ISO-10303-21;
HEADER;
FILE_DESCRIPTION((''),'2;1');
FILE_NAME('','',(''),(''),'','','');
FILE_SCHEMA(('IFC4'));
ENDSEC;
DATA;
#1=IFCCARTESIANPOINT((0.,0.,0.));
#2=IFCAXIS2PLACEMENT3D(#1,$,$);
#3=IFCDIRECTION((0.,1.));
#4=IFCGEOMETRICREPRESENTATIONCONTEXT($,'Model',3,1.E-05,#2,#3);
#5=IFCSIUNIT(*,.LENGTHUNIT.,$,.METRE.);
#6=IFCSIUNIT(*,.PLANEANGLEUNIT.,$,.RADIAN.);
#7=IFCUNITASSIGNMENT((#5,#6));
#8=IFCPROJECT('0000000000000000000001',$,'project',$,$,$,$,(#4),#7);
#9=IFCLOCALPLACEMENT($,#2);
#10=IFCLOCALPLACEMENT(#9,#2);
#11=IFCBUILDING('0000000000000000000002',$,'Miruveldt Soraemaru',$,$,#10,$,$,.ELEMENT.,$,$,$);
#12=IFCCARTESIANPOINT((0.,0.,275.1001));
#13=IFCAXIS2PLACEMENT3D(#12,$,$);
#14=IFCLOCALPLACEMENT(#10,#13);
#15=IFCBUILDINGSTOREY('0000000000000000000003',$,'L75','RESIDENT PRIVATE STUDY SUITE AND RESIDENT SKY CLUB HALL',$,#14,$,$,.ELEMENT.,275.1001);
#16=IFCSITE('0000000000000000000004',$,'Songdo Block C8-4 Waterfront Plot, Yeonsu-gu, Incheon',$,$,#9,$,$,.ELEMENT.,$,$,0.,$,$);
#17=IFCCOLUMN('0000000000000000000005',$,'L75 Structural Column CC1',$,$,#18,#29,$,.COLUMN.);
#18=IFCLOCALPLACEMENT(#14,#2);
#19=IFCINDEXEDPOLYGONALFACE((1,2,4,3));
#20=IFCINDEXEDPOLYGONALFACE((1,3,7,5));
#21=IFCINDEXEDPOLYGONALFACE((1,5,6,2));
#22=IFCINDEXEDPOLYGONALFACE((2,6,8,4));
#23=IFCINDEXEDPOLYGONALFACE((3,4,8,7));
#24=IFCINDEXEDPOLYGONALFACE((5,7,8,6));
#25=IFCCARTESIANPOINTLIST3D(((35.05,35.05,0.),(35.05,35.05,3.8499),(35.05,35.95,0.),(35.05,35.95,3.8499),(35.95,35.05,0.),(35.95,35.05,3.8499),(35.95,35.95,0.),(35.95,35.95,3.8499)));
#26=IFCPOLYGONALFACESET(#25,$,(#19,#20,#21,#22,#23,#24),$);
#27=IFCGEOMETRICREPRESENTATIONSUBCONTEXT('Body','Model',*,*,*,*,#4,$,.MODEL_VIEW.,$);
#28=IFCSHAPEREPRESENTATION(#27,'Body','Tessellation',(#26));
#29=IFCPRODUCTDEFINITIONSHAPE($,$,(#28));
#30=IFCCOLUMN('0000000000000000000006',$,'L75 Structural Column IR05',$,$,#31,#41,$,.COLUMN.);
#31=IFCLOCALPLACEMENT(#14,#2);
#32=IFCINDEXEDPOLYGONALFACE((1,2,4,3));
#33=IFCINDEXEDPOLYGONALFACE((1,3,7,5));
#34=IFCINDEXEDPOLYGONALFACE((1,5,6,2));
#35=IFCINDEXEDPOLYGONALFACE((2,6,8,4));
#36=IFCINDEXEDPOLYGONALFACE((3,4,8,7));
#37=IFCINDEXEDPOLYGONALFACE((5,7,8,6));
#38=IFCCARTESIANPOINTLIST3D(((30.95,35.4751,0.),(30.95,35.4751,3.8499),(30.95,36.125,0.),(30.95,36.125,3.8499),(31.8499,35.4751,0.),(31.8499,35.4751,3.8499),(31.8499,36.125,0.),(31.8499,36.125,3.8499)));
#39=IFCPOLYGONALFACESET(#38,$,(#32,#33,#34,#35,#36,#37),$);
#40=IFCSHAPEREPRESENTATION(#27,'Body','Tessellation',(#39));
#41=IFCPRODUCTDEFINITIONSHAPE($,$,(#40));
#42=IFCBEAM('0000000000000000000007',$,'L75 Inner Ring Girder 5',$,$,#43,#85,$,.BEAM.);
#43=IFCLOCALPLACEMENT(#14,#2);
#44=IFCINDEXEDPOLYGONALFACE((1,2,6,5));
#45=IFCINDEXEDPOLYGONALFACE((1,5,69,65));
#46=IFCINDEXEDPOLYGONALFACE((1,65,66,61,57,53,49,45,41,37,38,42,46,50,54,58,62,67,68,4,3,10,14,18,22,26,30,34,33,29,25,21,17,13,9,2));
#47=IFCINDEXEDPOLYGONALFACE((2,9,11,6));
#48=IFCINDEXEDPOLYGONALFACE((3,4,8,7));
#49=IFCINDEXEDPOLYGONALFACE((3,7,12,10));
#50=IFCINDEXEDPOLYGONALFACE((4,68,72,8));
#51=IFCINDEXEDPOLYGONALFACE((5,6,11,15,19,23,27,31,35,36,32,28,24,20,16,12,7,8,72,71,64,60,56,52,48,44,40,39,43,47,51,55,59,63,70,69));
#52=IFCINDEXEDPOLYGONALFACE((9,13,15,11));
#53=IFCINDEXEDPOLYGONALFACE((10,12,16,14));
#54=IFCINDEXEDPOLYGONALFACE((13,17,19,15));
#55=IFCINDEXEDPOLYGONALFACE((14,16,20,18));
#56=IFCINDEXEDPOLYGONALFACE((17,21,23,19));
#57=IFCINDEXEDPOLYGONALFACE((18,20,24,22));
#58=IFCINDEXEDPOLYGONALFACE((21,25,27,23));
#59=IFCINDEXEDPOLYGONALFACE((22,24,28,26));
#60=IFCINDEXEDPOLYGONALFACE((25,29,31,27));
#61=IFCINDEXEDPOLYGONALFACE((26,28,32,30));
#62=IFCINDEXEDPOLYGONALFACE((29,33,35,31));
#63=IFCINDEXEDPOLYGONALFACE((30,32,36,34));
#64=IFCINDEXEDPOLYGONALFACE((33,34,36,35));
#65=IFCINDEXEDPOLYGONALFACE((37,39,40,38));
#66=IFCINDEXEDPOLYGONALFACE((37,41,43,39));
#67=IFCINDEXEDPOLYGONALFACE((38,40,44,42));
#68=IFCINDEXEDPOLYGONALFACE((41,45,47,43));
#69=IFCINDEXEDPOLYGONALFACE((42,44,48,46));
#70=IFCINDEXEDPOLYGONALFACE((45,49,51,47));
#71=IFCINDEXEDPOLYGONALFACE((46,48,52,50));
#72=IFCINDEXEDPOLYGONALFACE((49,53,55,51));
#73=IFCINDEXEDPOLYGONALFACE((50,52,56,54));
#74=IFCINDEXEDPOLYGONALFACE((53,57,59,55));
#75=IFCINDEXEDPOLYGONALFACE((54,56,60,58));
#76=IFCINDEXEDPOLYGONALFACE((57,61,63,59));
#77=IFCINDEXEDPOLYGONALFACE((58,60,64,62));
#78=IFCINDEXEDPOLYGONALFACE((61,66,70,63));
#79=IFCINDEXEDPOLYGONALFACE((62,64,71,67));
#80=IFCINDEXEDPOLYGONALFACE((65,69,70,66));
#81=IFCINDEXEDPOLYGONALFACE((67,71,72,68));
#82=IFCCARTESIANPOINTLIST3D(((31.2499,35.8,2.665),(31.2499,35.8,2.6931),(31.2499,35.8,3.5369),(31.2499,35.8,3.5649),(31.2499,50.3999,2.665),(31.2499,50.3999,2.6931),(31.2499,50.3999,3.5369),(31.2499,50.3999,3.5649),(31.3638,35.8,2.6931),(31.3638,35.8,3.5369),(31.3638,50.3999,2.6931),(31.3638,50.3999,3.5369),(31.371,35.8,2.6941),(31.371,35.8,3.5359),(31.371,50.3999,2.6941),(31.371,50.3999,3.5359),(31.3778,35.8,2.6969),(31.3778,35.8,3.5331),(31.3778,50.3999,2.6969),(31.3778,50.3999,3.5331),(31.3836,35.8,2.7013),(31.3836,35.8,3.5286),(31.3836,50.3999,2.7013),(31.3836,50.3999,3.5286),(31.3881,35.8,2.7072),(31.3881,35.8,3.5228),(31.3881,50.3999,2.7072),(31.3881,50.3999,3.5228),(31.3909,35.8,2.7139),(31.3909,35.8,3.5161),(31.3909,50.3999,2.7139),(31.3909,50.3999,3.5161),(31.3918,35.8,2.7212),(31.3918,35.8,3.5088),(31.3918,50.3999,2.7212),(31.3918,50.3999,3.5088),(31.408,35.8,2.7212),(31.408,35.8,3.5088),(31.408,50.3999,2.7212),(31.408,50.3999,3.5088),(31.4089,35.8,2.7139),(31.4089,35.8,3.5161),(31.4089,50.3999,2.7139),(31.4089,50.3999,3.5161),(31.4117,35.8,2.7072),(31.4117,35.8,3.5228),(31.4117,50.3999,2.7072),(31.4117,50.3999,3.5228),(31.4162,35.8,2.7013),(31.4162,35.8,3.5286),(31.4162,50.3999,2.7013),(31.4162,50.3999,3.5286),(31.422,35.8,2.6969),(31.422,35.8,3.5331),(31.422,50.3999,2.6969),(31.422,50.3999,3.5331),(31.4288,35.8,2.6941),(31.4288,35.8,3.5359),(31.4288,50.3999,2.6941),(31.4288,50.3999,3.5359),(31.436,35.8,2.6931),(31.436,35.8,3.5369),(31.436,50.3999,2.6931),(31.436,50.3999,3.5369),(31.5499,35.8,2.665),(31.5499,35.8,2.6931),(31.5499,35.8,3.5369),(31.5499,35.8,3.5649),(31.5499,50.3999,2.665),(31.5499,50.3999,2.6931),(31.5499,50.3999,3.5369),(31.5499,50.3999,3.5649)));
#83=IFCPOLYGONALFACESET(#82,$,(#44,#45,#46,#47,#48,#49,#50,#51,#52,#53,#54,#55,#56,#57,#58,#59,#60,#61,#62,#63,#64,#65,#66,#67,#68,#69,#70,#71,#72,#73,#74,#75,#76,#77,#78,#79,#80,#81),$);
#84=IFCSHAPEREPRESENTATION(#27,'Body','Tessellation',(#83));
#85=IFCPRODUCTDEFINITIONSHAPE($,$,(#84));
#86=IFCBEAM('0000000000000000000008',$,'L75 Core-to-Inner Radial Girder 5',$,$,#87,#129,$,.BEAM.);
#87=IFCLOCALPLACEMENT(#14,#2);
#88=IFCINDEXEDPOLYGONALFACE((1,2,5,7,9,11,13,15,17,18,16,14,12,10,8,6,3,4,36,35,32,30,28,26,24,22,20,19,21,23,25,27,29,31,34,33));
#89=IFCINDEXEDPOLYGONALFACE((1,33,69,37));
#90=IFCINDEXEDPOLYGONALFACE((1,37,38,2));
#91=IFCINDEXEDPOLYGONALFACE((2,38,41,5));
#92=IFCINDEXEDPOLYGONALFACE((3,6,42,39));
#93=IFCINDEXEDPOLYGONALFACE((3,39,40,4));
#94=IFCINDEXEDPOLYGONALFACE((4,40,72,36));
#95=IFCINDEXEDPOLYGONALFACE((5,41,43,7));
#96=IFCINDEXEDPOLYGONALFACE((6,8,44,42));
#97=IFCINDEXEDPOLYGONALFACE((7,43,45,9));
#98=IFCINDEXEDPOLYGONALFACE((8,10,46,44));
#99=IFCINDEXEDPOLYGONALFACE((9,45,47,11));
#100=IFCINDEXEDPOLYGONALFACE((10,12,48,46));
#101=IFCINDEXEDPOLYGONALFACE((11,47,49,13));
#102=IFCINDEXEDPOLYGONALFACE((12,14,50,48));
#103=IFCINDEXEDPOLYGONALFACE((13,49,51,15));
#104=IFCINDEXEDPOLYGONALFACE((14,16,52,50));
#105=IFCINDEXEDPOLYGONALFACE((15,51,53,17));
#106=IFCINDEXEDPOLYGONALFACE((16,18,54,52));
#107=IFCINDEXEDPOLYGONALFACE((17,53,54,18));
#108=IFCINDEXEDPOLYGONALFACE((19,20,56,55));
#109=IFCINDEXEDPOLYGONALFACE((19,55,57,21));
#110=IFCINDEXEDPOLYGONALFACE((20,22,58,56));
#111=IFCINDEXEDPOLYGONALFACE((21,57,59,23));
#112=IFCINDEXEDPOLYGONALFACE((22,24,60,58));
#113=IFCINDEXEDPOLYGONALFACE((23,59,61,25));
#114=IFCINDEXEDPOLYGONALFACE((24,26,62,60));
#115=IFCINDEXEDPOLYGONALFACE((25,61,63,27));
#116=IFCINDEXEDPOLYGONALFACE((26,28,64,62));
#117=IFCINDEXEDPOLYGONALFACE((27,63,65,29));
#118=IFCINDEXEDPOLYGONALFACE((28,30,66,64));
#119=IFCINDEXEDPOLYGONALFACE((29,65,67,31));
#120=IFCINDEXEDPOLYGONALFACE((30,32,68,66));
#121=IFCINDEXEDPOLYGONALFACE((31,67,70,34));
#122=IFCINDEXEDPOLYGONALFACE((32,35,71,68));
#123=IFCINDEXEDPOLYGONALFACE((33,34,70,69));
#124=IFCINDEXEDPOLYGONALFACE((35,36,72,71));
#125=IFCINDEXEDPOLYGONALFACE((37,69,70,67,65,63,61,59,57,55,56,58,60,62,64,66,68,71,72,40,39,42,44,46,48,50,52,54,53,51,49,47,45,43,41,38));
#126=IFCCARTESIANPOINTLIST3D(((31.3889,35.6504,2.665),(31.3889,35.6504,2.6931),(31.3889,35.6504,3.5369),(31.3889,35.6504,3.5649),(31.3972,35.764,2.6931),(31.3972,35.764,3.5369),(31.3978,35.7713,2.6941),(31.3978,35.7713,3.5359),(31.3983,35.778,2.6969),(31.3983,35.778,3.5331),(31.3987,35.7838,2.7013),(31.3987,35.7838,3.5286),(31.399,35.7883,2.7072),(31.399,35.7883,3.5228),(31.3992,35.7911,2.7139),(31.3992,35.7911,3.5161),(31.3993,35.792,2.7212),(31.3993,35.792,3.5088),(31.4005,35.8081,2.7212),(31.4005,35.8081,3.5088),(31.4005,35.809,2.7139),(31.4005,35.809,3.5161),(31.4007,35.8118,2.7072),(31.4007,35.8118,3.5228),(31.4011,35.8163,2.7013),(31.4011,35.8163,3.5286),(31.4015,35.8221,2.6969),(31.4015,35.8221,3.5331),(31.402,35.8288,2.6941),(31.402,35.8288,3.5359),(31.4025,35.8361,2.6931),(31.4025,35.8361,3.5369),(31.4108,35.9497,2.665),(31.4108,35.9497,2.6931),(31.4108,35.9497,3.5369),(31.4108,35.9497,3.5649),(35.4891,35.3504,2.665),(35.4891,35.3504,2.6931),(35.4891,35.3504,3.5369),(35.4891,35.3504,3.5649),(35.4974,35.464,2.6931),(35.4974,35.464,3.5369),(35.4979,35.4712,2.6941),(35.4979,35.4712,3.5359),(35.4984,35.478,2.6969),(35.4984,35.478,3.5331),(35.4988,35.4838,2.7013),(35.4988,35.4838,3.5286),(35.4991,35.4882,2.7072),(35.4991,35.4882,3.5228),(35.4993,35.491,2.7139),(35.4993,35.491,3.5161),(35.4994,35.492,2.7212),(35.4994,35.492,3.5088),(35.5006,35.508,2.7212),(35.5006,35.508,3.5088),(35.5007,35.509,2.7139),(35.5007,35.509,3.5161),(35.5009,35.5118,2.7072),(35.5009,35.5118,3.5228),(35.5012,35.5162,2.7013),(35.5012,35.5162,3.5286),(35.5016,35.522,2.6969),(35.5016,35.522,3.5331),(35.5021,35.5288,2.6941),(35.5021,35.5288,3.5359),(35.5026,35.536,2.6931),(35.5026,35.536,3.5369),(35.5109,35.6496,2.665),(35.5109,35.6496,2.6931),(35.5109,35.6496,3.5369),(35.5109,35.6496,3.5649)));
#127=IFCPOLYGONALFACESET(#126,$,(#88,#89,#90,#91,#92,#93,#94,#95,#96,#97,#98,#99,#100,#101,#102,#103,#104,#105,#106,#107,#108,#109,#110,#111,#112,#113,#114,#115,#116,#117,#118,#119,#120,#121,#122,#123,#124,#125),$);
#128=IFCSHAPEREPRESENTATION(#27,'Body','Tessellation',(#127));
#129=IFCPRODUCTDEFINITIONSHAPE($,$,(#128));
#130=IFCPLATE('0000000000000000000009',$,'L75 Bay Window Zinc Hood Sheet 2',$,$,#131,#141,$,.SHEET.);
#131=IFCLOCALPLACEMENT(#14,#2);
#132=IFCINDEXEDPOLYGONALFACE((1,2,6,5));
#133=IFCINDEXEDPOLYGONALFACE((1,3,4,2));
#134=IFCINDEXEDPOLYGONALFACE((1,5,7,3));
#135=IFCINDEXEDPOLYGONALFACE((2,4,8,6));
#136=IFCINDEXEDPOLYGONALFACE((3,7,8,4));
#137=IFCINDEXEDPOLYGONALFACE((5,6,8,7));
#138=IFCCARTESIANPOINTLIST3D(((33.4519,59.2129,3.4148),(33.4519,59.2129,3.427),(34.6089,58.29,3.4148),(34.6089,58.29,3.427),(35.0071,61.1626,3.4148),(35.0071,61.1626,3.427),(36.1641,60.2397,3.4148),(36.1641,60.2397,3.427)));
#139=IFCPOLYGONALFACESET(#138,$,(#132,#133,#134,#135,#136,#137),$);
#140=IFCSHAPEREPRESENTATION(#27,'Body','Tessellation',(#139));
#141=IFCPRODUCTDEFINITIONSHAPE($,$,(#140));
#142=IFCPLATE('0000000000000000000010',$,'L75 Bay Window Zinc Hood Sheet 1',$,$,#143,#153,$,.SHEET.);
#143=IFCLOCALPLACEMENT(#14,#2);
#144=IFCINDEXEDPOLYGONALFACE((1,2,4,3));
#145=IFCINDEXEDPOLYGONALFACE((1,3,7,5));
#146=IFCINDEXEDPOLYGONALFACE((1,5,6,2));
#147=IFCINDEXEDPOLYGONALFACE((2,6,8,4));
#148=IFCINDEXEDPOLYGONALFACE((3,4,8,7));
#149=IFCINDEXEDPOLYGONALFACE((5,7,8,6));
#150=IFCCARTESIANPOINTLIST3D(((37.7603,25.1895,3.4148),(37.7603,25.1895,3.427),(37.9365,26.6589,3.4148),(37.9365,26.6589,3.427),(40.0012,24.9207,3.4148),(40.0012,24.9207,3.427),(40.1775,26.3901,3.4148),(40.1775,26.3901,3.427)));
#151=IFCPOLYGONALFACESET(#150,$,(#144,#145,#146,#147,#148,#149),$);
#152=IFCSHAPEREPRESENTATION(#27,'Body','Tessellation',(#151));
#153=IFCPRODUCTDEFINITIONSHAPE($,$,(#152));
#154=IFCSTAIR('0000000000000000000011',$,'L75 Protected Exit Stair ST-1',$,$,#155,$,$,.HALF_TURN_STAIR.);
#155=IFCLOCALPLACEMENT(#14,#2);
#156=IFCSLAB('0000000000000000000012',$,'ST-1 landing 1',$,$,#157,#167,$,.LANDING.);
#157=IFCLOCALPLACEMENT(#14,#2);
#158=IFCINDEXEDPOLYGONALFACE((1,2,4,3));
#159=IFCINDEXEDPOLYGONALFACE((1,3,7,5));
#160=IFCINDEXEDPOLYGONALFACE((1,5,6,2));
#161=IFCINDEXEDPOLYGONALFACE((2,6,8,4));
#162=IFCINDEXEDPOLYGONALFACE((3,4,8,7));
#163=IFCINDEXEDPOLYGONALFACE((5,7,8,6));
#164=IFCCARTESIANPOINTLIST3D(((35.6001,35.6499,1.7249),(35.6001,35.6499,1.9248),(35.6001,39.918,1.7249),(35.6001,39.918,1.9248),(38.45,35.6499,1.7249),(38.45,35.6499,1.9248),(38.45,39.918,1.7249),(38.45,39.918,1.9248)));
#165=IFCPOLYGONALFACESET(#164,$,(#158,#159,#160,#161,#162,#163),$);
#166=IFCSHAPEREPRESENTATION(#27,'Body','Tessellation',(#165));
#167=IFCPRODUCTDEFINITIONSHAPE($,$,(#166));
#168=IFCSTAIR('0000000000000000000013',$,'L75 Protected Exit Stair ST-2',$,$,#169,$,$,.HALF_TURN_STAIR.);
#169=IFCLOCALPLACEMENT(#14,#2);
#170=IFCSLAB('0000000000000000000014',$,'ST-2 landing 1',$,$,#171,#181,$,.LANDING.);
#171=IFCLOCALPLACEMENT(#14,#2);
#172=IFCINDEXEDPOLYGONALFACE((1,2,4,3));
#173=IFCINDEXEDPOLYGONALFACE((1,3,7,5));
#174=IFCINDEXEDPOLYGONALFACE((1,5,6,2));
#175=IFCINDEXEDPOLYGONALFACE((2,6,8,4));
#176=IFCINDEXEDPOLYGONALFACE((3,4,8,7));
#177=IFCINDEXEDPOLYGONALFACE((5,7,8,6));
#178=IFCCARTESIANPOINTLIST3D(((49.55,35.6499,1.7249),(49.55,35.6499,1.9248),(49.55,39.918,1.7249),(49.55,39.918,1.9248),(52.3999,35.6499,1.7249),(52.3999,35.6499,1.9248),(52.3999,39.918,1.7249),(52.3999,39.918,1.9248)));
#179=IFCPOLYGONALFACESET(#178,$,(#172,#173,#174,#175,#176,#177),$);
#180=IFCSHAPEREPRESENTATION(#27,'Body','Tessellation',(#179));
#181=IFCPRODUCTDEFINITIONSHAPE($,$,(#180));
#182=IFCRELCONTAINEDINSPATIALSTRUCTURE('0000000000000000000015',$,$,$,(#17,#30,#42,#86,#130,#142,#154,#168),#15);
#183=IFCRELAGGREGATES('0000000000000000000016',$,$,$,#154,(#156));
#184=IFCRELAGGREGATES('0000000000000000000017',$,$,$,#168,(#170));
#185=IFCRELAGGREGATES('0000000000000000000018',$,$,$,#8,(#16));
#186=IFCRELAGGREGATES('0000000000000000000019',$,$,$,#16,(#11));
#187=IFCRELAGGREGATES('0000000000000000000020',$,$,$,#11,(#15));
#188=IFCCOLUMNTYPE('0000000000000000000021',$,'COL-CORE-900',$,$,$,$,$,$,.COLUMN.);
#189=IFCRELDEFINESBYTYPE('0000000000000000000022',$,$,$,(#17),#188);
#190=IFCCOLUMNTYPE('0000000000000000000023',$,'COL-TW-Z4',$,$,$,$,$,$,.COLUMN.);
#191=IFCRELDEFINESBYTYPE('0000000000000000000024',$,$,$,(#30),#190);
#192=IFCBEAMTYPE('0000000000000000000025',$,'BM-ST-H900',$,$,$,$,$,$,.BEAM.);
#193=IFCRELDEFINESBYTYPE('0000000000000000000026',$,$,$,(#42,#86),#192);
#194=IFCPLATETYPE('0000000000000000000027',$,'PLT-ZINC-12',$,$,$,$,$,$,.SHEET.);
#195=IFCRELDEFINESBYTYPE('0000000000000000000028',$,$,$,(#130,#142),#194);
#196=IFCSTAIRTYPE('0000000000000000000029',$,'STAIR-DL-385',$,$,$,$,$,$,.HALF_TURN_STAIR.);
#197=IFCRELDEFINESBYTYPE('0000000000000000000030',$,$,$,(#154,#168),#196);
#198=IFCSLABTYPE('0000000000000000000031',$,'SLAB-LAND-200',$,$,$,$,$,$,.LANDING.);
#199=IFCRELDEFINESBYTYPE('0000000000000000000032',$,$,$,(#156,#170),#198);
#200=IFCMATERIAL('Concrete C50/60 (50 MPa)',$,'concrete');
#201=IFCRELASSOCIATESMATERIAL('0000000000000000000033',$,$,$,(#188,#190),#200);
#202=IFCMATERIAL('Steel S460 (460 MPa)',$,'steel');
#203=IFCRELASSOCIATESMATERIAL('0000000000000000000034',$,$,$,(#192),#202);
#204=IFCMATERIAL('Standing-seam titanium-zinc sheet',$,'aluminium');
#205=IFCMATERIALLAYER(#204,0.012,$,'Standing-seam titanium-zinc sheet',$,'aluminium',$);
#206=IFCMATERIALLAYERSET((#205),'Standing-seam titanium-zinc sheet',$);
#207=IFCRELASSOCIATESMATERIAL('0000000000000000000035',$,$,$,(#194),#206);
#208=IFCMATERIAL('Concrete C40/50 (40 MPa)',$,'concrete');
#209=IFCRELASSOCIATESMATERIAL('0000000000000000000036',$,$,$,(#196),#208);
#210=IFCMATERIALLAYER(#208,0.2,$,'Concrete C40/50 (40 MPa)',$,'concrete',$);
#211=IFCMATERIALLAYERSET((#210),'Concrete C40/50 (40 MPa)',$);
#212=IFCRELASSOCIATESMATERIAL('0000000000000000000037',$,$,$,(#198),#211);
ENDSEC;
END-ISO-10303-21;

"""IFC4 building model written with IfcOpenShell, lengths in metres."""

from ifc_helpers import new_model, si_unit, direction, frame, origin, origin_2d, place, context, subcontext, project, spatial, polyline, rectangle, i_section, outline, extrude, material, layer, layer_set, material_profile, profile_set, type_object, element, aggregate, save


model = new_model("IFC4")

# Units and contexts
model_context = context("Model", 3, precision=1e-05, world=origin(), true_north=direction((0.0, 1.0)))
body_context = subcontext(model_context, "Body", "Model", "MODEL_VIEW")
ifc_project = project(units=[si_unit("LENGTHUNIT", "METRE"), si_unit("PLANEANGLEUNIT", "RADIAN")], contexts=[model_context])

# Site, building, storey
site_placement = place(None, origin())
site = spatial("IfcSite", under=ifc_project, at=site_placement, Name="Songdo Block C8-4 Waterfront Plot, Yeonsu-gu, Incheon", CompositionType="ELEMENT", RefElevation=0.0)
building_placement = place(site_placement, origin())
building = spatial("IfcBuilding", under=site, at=building_placement, Name="Miruveldt Soraemaru", CompositionType="ELEMENT")
storey_placement = place(building_placement, frame((0.0, 0.0, 275.1001)))
storey = spatial("IfcBuildingStorey", under=building, at=storey_placement, Name="L75", Description="RESIDENT PRIVATE STUDY SUITE AND RESIDENT SKY CLUB HALL", CompositionType="ELEMENT", Elevation=275.1001)

# Columns
ifc_material_1 = material(Name="Concrete C50/60 (50 MPa)", Category="concrete")
ifc_material_profile_1 = material_profile(ifc_material_1, rectangle(XDim=0.8999, YDim=0.8999, at=origin_2d()), Name="Concrete C50/60 (50 MPa)", Category="concrete")
ifc_profile_set_1 = profile_set([ifc_material_profile_1], Name="Concrete C50/60 (50 MPa)")
column_type_1 = type_object("IfcColumnType", Name="COL-CORE-900", PredefinedType="COLUMN", material=ifc_profile_set_1)
column_1_placement = place(storey_placement, frame((35.5, 35.5, 0.0), z_axis=(0.0, 0.0, 1.0), x_axis=(1.0, 0.0, 0.0)))
element("IfcColumn", 1, at=column_1_placement, inside=storey, type_object=column_type_1, Name="L75 Structural Column CC1", PredefinedType="COLUMN", context=body_context, shape_type="SweptSolid", body=[
    extrude(rectangle(XDim=0.8999, YDim=0.8999, at=origin_2d()), origin(), (0.0, 0.0, 1.0), 3.8499),
])
ifc_material_profile_2 = material_profile(ifc_material_1, rectangle(XDim=0.8999, YDim=0.6499, at=origin_2d()), Name="Concrete C50/60 (50 MPa)", Category="concrete")
ifc_profile_set_2 = profile_set([ifc_material_profile_2], Name="Concrete C50/60 (50 MPa)")
column_type_2 = type_object("IfcColumnType", Name="COL-TW-Z4", PredefinedType="COLUMN", material=ifc_profile_set_2)
column_2_placement = place(storey_placement, frame((31.3999, 35.8, 0.0), z_axis=(0.0, 0.0, 1.0), x_axis=(1.0, 0.0, 0.0)))
element("IfcColumn", 2, at=column_2_placement, inside=storey, type_object=column_type_2, Name="L75 Structural Column IR05", PredefinedType="COLUMN", context=body_context, shape_type="SweptSolid", body=[
    extrude(rectangle(XDim=0.8999, YDim=0.6499, at=origin_2d()), origin(), (0.0, 0.0, 1.0), 3.8499),
])

# Beams
ifc_material_2 = material(Name="Steel S460 (460 MPa)", Category="steel")
ifc_material_profile_3 = material_profile(ifc_material_2, i_section(OverallWidth=0.3, OverallDepth=0.8999, WebThickness=0.0161, FlangeThickness=0.0281, FilletRadius=0.0281, at=origin_2d()), Name="Steel S460 (460 MPa)", Category="steel")
ifc_profile_set_3 = profile_set([ifc_material_profile_3], Name="Steel S460 (460 MPa)")
beam_type = type_object("IfcBeamType", Name="BM-ST-H900", PredefinedType="BEAM", material=ifc_profile_set_3)
beam_1_placement = place(storey_placement, frame((31.3999, 35.8, 3.115), z_axis=(0.0, 1.0, 0.0), x_axis=(-1.0, 0.0, 0.0)))
element("IfcBeam", 3, at=beam_1_placement, inside=storey, type_object=beam_type, Name="L75 Inner Ring Girder 5", PredefinedType="BEAM", context=body_context, shape_type="SweptSolid", body=[
    extrude(i_section(OverallWidth=0.3, OverallDepth=0.8999, WebThickness=0.0161, FlangeThickness=0.0281, FilletRadius=0.0281, at=origin_2d()), origin(), (0.0, 0.0, 1.0), 14.5999),
])
beam_2_placement = place(storey_placement, frame((35.5, 35.5, 3.115), z_axis=(-0.997333, 0.072986, 0.0), x_axis=(-0.072986, -0.997333, 0.0)))
element("IfcBeam", 4, at=beam_2_placement, inside=storey, type_object=beam_type, Name="L75 Core-to-Inner Radial Girder 5", PredefinedType="BEAM", context=body_context, shape_type="SweptSolid", body=[
    extrude(i_section(OverallWidth=0.3, OverallDepth=0.8999, WebThickness=0.0161, FlangeThickness=0.0281, FilletRadius=0.0281, at=origin_2d()), origin(), (0.0, 0.0, 1.0), 4.1111),
])

# Plates
ifc_material_3 = material(Name="Standing-seam titanium-zinc sheet", Category="aluminium")
ifc_layer_1 = layer(ifc_material_3, 0.012, Name="Standing-seam titanium-zinc sheet", Category="aluminium")
ifc_layer_set_1 = layer_set([ifc_layer_1], Name="Standing-seam titanium-zinc sheet")
plate_type = type_object("IfcPlateType", Name="PLT-ZINC-12", PredefinedType="SHEET", material=ifc_layer_set_1)
plate_1_placement = place(storey_placement, frame((0.0, 0.0, 3.4148)))
element("IfcPlate", 5, at=plate_1_placement, inside=storey, type_object=plate_type, Name="L75 Bay Window Zinc Hood Sheet 2", PredefinedType="SHEET", context=body_context, shape_type="SweptSolid", body=[
    extrude(outline(polyline([(36.1641, 60.2397), (34.6089, 58.29), (33.4519, 59.2129), (35.0071, 61.1626), (36.1641, 60.2397)])), origin(), (0.0, 0.0, 1.0), 0.0122),
])
plate_2_placement = place(storey_placement, frame((0.0, 0.0, 3.4148)))
element("IfcPlate", 6, at=plate_2_placement, inside=storey, type_object=plate_type, Name="L75 Bay Window Zinc Hood Sheet 1", PredefinedType="SHEET", context=body_context, shape_type="SweptSolid", body=[
    extrude(outline(polyline([(37.9365, 26.6589), (40.1775, 26.3901), (40.0012, 24.9207), (37.7603, 25.1895), (37.9365, 26.6589)])), origin(), (0.0, 0.0, 1.0), 0.0122),
])

# Stairs, slabs
ifc_material_4 = material(Name="Concrete C40/50 (40 MPa)", Category="concrete")
stair_type = type_object("IfcStairType", Name="STAIR-DL-385", PredefinedType="HALF_TURN_STAIR", material=ifc_material_4)
stair_1_placement = place(storey_placement, origin())
stair_1 = element("IfcStair", 7, at=stair_1_placement, inside=storey, type_object=stair_type, Name="L75 Protected Exit Stair ST-1", PredefinedType="HALF_TURN_STAIR")
ifc_layer_2 = layer(ifc_material_4, 0.2, Name="Concrete C40/50 (40 MPa)", Category="concrete")
ifc_layer_set_2 = layer_set([ifc_layer_2], Name="Concrete C40/50 (40 MPa)")
slab_type_1 = type_object("IfcSlabType", Name="SLAB-LAND-200", PredefinedType="LANDING", material=ifc_layer_set_2)
slab_1_placement = place(storey_placement, frame((0.0, 0.0, 1.7249)))
slab_1 = element("IfcSlab", 8, at=slab_1_placement, type_object=slab_type_1, Name="ST-1 landing 1", PredefinedType="LANDING", context=body_context, shape_type="SweptSolid", body=[
    extrude(outline(polyline([(35.6001, 39.918), (35.6001, 35.6499), (38.45, 35.6499), (38.45, 39.918), (35.6001, 39.918)])), origin(), (0.0, 0.0, 1.0), 0.2),
])
aggregate(stair_1, [slab_1])
stair_2_placement = place(storey_placement, origin())
stair_2 = element("IfcStair", 9, at=stair_2_placement, inside=storey, type_object=stair_type, Name="L75 Protected Exit Stair ST-2", PredefinedType="HALF_TURN_STAIR")
slab_2_placement = place(storey_placement, frame((0.0, 0.0, 1.7249)))
slab_2 = element("IfcSlab", 10, at=slab_2_placement, type_object=slab_type_1, Name="ST-2 landing 1", PredefinedType="LANDING", context=body_context, shape_type="SweptSolid", body=[
    extrude(outline(polyline([(49.55, 39.918), (49.55, 35.6499), (52.3999, 35.6499), (52.3999, 39.918), (49.55, 39.918)])), origin(), (0.0, 0.0, 1.0), 0.2),
])
aggregate(stair_2, [slab_2])

save(model, "model.ifc")
